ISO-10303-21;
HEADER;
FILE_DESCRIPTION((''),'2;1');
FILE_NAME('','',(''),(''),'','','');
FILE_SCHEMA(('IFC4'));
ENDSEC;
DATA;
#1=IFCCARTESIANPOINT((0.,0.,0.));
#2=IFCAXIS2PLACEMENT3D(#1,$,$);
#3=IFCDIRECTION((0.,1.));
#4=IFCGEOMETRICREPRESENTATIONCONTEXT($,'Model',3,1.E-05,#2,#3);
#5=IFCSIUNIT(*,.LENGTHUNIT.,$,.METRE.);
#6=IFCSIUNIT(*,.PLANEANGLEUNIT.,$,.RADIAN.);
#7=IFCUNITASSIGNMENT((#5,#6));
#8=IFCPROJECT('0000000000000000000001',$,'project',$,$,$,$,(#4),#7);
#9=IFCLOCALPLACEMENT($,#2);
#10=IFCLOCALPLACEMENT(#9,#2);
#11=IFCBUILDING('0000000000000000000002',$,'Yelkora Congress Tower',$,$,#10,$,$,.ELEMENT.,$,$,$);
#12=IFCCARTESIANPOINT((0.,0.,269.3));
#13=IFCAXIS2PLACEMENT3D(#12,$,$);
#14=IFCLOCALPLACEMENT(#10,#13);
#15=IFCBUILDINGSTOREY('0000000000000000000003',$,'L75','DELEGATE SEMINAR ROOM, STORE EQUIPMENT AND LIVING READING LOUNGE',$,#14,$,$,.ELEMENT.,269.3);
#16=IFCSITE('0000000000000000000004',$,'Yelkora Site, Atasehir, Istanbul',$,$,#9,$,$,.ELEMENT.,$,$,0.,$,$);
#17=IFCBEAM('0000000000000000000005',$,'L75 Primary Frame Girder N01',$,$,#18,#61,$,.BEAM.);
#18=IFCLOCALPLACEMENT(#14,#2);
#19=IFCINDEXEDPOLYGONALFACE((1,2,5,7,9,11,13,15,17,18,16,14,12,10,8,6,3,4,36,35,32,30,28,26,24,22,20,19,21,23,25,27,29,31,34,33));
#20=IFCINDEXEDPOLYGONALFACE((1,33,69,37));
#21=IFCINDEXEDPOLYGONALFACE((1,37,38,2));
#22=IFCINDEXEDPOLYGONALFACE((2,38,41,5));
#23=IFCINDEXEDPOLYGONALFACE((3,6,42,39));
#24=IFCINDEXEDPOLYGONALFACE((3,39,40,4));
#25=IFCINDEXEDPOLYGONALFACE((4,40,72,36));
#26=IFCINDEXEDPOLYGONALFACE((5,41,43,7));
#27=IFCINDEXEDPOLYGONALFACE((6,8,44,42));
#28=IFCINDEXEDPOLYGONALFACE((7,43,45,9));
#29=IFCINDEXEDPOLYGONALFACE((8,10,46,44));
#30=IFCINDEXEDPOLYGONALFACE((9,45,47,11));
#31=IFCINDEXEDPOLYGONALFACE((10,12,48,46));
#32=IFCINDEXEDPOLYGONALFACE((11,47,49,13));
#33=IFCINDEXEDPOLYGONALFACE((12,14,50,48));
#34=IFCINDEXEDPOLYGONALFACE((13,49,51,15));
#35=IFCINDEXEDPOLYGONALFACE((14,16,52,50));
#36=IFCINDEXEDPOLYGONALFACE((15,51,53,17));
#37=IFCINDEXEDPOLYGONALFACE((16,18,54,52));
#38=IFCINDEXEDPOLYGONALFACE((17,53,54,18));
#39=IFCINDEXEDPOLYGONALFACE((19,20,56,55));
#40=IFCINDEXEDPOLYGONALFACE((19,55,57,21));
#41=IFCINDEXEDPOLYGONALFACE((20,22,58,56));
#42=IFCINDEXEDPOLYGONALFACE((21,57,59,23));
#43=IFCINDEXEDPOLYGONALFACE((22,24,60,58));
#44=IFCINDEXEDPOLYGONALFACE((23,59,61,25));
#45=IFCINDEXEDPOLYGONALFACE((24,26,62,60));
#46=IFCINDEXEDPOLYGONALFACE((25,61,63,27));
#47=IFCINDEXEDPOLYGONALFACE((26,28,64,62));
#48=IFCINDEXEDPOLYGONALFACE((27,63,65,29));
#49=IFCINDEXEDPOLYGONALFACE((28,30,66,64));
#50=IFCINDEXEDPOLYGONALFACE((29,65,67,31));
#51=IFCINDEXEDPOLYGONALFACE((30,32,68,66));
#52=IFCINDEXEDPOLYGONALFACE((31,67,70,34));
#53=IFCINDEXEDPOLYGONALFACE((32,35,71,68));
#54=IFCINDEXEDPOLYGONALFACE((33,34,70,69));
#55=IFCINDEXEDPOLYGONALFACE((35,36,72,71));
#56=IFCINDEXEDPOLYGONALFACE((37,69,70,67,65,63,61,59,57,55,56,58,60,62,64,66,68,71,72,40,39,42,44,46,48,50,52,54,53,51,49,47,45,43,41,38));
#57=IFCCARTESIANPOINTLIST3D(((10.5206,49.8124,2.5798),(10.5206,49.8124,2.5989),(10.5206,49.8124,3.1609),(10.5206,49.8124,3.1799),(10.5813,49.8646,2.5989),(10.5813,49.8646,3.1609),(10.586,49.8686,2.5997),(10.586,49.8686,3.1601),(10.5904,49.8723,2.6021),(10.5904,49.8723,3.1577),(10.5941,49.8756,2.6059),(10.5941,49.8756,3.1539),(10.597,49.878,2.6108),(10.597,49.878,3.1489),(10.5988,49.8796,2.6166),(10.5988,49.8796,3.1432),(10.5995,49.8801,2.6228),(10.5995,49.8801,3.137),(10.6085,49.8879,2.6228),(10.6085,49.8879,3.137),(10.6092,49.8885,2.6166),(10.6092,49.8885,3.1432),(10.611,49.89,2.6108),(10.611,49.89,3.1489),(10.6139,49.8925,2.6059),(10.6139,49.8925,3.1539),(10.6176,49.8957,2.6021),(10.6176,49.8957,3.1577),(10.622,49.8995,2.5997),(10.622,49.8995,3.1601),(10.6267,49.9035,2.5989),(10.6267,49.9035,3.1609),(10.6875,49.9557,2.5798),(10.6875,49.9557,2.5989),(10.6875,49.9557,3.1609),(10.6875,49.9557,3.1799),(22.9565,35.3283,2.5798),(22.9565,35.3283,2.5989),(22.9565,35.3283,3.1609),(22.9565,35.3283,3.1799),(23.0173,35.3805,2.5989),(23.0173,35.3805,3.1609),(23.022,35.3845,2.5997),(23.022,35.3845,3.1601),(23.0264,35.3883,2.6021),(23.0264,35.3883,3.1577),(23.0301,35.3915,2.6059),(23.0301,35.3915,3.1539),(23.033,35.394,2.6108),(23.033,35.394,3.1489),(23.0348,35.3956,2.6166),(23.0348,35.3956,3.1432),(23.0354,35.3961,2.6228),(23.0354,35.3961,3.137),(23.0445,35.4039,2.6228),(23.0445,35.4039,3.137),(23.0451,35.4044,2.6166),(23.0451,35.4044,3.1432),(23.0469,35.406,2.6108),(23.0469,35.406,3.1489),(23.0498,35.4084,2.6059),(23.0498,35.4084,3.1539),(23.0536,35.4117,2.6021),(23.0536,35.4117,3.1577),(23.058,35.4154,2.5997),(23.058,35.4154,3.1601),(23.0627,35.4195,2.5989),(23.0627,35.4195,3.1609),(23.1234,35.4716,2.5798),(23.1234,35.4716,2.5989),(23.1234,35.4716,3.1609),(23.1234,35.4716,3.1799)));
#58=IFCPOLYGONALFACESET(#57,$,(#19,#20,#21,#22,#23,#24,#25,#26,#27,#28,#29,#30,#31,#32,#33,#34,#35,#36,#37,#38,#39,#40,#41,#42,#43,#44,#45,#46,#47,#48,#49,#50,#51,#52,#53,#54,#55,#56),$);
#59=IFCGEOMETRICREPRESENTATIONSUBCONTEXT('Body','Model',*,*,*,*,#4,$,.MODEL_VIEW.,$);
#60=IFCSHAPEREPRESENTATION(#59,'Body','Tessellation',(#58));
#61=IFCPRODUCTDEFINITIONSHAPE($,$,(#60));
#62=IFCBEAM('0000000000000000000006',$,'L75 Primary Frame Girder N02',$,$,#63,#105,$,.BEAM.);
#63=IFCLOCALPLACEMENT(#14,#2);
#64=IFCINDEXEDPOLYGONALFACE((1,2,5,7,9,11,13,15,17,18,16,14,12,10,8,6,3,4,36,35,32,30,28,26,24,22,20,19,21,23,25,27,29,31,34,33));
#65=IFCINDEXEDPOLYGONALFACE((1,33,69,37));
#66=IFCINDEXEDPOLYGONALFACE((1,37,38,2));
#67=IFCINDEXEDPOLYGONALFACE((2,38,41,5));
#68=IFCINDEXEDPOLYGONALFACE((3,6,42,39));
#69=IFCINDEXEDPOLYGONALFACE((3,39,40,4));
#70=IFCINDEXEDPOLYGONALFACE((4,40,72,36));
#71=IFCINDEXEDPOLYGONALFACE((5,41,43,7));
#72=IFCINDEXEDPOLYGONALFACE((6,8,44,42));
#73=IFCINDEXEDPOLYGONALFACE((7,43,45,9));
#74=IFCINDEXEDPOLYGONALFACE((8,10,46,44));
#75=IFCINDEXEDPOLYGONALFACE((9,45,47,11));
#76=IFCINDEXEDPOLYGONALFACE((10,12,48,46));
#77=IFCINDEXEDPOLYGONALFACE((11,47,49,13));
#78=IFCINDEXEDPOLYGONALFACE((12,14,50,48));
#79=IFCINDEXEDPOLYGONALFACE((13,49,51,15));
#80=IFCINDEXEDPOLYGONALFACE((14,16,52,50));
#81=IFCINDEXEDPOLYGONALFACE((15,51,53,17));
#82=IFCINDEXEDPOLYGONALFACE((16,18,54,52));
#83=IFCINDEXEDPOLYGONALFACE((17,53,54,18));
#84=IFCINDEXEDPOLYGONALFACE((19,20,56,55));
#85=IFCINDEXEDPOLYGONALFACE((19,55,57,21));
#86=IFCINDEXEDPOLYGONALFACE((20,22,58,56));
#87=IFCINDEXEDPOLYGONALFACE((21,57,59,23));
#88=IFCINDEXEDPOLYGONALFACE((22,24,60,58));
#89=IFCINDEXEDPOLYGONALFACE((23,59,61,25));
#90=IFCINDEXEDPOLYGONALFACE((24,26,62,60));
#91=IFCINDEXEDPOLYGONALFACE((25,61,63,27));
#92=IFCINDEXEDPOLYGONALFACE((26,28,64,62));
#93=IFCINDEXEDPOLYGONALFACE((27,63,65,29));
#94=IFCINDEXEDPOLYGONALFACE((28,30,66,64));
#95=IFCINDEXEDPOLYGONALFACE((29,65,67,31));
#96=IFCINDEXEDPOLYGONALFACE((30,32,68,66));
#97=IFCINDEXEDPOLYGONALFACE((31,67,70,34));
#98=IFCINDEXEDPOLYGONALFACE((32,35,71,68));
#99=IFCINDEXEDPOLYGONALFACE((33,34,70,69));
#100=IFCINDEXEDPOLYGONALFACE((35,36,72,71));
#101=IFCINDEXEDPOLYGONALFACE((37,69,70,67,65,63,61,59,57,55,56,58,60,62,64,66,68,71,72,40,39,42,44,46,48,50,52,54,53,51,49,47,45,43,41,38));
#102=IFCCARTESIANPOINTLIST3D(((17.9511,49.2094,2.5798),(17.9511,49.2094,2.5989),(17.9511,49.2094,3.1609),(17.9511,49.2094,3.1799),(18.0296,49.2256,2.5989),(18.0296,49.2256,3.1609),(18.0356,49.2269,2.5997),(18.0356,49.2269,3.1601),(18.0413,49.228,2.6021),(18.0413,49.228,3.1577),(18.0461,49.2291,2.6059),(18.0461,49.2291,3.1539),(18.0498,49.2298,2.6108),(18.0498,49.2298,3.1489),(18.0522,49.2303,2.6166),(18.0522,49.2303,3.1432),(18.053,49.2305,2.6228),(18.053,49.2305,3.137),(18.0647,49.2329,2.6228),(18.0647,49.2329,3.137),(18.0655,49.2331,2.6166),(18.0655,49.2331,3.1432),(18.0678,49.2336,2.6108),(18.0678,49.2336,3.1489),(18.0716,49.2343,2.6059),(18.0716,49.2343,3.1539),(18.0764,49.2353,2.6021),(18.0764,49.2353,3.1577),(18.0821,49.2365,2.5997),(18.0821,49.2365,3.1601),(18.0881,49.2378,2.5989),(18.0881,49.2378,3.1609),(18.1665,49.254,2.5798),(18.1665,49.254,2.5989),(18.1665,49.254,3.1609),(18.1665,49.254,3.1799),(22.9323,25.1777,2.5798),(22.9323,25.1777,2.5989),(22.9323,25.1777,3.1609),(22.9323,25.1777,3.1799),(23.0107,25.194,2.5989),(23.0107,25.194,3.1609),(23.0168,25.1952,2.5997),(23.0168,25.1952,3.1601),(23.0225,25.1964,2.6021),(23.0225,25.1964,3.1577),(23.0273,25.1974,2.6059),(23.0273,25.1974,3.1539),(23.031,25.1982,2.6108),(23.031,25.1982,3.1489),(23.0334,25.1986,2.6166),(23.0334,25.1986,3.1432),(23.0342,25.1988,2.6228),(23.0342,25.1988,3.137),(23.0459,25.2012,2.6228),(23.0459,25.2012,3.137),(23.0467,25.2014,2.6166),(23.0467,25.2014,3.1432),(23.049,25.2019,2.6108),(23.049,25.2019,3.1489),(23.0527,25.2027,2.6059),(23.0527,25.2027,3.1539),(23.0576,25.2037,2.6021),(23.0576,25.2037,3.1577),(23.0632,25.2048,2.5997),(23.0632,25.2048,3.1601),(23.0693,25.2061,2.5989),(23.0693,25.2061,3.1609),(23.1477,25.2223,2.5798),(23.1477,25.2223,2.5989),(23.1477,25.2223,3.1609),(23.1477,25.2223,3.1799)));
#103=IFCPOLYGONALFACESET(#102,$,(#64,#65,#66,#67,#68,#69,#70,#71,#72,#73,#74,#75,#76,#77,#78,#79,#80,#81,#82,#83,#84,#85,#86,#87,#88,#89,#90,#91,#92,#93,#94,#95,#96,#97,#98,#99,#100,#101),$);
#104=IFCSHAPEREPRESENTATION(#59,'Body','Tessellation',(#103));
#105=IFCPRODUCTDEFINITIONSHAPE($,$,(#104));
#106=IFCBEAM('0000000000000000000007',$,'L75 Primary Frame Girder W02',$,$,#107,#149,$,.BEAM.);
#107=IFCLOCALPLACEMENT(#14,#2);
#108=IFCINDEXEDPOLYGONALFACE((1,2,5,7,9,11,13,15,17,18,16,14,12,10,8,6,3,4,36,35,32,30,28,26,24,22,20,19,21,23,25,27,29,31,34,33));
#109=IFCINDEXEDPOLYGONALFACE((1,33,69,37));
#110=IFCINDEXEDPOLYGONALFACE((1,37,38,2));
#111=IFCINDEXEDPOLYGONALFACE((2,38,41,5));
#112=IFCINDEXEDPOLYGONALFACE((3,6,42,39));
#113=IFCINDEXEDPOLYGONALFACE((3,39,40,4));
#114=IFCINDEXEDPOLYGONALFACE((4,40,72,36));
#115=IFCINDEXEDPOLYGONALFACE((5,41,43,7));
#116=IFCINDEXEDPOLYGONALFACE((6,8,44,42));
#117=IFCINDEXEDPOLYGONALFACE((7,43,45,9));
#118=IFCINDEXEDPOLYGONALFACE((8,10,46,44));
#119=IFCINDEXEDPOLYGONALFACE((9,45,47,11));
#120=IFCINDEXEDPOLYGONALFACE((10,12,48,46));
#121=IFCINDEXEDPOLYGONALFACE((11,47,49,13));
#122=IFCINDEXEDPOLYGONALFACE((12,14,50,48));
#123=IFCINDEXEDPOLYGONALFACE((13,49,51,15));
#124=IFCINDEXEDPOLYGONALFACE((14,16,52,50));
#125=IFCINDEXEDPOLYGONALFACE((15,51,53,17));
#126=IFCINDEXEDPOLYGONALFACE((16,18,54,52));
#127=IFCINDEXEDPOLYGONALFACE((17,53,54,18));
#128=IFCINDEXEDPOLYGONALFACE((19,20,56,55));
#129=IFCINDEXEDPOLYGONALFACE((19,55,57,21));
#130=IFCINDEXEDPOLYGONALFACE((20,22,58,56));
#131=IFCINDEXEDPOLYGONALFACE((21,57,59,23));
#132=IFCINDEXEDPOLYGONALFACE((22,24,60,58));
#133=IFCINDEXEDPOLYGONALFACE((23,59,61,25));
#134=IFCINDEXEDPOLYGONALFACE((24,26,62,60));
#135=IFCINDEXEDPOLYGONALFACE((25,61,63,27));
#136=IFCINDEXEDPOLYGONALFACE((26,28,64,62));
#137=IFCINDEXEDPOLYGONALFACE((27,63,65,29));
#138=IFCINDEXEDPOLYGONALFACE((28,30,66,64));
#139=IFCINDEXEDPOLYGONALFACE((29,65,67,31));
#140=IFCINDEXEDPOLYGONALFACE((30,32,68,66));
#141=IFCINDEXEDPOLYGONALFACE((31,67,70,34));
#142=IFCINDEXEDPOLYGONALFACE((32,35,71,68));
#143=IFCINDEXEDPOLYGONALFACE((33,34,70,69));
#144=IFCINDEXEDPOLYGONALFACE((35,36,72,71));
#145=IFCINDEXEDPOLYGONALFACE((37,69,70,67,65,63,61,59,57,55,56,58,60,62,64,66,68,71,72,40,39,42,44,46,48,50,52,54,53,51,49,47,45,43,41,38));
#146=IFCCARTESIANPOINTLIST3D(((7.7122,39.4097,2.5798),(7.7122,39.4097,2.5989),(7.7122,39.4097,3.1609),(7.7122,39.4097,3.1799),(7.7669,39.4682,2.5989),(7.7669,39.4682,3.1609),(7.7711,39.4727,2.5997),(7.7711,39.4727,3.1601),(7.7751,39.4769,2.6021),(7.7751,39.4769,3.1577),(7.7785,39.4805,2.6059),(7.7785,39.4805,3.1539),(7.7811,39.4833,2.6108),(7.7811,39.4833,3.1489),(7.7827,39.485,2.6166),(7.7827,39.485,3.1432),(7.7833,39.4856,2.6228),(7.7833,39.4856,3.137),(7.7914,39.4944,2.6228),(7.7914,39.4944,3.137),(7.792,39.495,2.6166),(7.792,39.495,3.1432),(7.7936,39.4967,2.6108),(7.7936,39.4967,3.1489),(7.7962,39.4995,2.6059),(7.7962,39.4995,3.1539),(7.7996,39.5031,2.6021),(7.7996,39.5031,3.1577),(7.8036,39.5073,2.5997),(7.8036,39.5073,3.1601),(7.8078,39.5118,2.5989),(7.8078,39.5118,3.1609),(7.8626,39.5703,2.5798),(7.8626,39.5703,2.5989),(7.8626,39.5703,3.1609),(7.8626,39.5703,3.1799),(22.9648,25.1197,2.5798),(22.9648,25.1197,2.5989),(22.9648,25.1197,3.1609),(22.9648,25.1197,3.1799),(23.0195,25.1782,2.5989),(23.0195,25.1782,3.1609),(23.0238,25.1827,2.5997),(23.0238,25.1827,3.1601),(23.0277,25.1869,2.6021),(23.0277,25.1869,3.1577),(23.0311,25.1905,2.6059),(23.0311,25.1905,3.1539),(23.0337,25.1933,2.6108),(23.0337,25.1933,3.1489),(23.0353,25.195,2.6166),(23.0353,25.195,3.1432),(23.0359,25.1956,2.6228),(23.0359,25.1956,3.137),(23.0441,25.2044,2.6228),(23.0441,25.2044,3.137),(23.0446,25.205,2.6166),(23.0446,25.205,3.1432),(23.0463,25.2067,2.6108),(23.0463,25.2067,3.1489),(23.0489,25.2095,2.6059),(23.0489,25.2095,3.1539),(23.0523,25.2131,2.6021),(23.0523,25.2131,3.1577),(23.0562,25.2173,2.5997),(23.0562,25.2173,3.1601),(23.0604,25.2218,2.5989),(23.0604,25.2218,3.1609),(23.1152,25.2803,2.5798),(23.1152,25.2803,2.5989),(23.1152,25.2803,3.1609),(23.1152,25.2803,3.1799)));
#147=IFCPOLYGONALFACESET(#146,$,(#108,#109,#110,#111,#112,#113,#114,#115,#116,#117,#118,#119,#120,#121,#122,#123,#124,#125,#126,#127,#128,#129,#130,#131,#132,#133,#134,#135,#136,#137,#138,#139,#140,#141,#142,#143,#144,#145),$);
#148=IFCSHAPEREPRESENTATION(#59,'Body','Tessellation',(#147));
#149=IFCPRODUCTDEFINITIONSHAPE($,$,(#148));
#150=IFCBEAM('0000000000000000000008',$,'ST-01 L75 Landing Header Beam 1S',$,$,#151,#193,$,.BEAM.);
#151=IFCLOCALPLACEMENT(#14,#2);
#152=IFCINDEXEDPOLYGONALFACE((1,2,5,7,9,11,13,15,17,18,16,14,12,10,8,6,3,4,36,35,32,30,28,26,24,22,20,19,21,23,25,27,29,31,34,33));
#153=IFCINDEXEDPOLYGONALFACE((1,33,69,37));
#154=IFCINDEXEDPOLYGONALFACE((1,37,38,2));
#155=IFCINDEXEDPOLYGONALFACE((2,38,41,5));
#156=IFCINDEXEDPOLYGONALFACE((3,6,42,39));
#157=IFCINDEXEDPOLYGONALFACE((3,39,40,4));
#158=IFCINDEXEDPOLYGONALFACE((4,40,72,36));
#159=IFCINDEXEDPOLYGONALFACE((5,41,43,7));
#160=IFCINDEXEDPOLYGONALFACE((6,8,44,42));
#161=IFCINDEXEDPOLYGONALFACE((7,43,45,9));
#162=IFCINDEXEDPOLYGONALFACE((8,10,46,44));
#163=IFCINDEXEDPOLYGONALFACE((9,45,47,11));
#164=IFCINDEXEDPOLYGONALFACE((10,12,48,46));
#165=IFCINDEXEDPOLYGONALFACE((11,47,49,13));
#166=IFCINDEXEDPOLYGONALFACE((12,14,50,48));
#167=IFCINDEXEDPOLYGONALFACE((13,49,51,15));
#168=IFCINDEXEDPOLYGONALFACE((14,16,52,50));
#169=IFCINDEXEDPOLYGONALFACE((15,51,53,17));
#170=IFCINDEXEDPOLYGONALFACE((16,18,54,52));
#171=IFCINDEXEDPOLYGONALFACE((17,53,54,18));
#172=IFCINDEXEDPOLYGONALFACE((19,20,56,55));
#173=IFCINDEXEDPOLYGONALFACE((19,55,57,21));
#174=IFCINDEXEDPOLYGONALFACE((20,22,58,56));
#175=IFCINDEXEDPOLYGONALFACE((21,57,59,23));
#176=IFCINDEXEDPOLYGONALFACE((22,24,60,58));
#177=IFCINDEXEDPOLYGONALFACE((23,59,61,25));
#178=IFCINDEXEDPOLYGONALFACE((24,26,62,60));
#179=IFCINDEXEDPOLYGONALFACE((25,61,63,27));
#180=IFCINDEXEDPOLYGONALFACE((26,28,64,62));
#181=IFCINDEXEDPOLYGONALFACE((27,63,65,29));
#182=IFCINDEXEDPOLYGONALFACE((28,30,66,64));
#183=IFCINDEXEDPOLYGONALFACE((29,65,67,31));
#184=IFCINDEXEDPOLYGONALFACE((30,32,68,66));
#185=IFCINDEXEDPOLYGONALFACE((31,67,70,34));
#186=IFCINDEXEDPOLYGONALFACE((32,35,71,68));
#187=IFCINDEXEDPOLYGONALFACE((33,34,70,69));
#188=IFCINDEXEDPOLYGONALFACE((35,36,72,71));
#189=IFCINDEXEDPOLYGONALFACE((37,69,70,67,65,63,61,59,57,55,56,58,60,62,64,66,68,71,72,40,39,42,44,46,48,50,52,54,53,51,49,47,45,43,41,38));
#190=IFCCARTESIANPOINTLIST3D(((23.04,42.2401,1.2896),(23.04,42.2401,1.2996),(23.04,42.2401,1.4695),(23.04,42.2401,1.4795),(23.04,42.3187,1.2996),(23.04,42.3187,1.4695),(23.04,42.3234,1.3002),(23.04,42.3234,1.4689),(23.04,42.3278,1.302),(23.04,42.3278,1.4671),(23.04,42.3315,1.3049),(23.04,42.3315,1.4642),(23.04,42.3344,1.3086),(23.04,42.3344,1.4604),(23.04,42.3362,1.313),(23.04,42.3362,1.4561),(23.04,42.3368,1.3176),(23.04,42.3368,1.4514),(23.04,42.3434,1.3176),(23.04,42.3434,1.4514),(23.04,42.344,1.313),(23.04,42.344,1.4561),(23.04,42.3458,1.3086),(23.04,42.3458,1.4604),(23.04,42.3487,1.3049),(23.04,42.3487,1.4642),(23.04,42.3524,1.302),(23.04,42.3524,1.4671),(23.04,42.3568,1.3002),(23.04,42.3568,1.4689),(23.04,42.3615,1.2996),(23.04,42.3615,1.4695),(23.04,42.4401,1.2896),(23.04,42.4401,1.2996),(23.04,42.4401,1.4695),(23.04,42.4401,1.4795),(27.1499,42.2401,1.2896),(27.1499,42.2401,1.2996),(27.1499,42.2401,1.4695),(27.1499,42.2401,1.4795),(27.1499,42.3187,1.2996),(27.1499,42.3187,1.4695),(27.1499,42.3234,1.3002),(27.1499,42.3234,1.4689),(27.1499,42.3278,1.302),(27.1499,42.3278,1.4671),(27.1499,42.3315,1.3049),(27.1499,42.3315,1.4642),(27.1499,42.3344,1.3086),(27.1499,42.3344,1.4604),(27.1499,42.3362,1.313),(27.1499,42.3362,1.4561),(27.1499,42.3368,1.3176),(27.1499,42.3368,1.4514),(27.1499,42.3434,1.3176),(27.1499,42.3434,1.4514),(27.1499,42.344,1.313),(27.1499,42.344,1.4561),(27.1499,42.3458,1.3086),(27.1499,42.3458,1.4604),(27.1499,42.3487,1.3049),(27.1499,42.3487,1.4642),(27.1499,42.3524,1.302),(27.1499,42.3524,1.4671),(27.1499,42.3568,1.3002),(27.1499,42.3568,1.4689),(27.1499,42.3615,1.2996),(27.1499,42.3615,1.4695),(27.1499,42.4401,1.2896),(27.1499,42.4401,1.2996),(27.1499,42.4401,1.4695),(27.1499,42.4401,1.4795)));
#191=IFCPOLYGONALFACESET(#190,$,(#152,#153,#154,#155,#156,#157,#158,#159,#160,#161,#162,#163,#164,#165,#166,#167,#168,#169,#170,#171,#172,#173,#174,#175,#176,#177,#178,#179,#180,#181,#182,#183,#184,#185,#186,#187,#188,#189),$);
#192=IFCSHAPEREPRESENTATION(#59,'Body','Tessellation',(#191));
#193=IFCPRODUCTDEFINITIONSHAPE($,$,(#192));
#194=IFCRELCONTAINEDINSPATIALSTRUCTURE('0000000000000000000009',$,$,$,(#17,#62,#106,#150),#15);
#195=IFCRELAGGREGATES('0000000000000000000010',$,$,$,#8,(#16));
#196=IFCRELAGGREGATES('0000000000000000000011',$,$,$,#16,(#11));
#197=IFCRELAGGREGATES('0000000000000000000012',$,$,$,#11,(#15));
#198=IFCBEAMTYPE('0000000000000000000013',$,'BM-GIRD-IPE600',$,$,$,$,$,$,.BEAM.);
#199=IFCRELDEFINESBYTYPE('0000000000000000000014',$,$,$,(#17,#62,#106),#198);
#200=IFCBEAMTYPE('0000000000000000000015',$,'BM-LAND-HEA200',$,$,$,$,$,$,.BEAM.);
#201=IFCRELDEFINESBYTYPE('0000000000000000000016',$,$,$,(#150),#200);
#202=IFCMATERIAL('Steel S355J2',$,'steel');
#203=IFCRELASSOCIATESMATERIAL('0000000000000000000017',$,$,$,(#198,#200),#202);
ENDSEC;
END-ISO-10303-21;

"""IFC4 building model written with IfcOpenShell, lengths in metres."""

from ifc_helpers import new_model, si_unit, direction, frame, origin, origin_2d, place, context, subcontext, project, spatial, i_section, extrude, material, material_profile, profile_set, type_object, element, save


model = new_model("IFC4")

# Units and contexts
model_context = context("Model", 3, precision=1e-05, world=origin(), true_north=direction((0.0, 1.0)))
body_context = subcontext(model_context, "Body", "Model", "MODEL_VIEW")
ifc_project = project(units=[si_unit("LENGTHUNIT", "METRE"), si_unit("PLANEANGLEUNIT", "RADIAN")], contexts=[model_context])

# Site, building, storey
site_placement = place(None, origin())
site = spatial("IfcSite", under=ifc_project, at=site_placement, Name="Yelkora Site, Atasehir, Istanbul", CompositionType="ELEMENT", RefElevation=0.0)
building_placement = place(site_placement, origin())
building = spatial("IfcBuilding", under=site, at=building_placement, Name="Yelkora Congress Tower", CompositionType="ELEMENT")
storey_placement = place(building_placement, frame((0.0, 0.0, 269.3)))
storey = spatial("IfcBuildingStorey", under=building, at=storey_placement, Name="L75", Description="DELEGATE SEMINAR ROOM, STORE EQUIPMENT AND LIVING READING LOUNGE", CompositionType="ELEMENT", Elevation=269.3)

# Shared definitions
ifc_material_1 = material(Name="Steel S355J2", Category="steel")

# Beams
ifc_material_profile_1 = material_profile(ifc_material_1, i_section(OverallWidth=0.22, OverallDepth=0.6001, WebThickness=0.012, FlangeThickness=0.019, FilletRadius=0.0239, at=origin_2d()), Name="IPE 600")
ifc_profile_set_1 = profile_set([ifc_material_profile_1], Name="Steel S355J2")
beam_type_1 = type_object("IfcBeamType", Name="BM-GIRD-IPE600", PredefinedType="BEAM", material=ifc_profile_set_1)
beam_1_placement = place(storey_placement, frame((10.604, 49.884, 2.8799), z_axis=(0.651427, -0.758711, 0.0), x_axis=(0.758711, 0.651427, 0.0)))
element("IfcBeam", 1, at=beam_1_placement, inside=storey, type_object=beam_type_1, Name="L75 Primary Frame Girder N01", PredefinedType="BEAM", context=body_context, shape_type="SweptSolid", body=[
    extrude(i_section(OverallWidth=0.22, OverallDepth=0.6001, WebThickness=0.012, FlangeThickness=0.019, FilletRadius=0.0239, at=origin_2d()), origin(), (0.0, 0.0, 1.0), 19.0903),
])
beam_2_placement = place(storey_placement, frame((18.0588, 49.2317, 2.8799), z_axis=(0.202962, -0.979187, 0.0), x_axis=(0.979187, 0.202962, 0.0)))
element("IfcBeam", 2, at=beam_2_placement, inside=storey, type_object=beam_type_1, Name="L75 Primary Frame Girder N02", PredefinedType="BEAM", context=body_context, shape_type="SweptSolid", body=[
    extrude(i_section(OverallWidth=0.22, OverallDepth=0.6001, WebThickness=0.012, FlangeThickness=0.019, FilletRadius=0.0239, at=origin_2d()), origin(), (0.0, 0.0, 1.0), 24.5425),
])
beam_3_placement = place(storey_placement, frame((7.7874, 39.49, 2.8799), z_axis=(0.72976, -0.683703, 0.0), x_axis=(0.683703, 0.72976, 0.0)))
element("IfcBeam", 3, at=beam_3_placement, inside=storey, type_object=beam_type_1, Name="L75 Primary Frame Girder W02", PredefinedType="BEAM", context=body_context, shape_type="SweptSolid", body=[
    extrude(i_section(OverallWidth=0.22, OverallDepth=0.6001, WebThickness=0.012, FlangeThickness=0.019, FilletRadius=0.0239, at=origin_2d()), origin(), (0.0, 0.0, 1.0), 20.9009),
])
ifc_material_profile_2 = material_profile(ifc_material_1, i_section(OverallWidth=0.2, OverallDepth=0.1899, WebThickness=0.0066, FlangeThickness=0.01, FilletRadius=0.0181, at=origin_2d()), Name="HEA 200")
ifc_profile_set_2 = profile_set([ifc_material_profile_2], Name="Steel S355J2")
beam_type_2 = type_object("IfcBeamType", Name="BM-LAND-HEA200", PredefinedType="BEAM", material=ifc_profile_set_2)
for number, where, z_axis, x_axis, name in (
    (4, (23.04, 42.3401, 1.3845), (1.0, 0.0, 0.0), (0.0, 1.0, 0.0), "ST-01 L75 Landing Header Beam 1S"),
):
    element("IfcBeam", number, at=place(storey_placement, frame(where, z_axis=z_axis, x_axis=x_axis)), inside=storey, type_object=beam_type_2, Name=name, PredefinedType="BEAM", context=body_context, shape_type="SweptSolid", body=[
        extrude(i_section(OverallWidth=0.2, OverallDepth=0.1899, WebThickness=0.0066, FlangeThickness=0.01, FilletRadius=0.0181, at=origin_2d()), origin(), (0.0, 0.0, 1.0), 4.1099),
    ])

save(model, "model.ifc")
